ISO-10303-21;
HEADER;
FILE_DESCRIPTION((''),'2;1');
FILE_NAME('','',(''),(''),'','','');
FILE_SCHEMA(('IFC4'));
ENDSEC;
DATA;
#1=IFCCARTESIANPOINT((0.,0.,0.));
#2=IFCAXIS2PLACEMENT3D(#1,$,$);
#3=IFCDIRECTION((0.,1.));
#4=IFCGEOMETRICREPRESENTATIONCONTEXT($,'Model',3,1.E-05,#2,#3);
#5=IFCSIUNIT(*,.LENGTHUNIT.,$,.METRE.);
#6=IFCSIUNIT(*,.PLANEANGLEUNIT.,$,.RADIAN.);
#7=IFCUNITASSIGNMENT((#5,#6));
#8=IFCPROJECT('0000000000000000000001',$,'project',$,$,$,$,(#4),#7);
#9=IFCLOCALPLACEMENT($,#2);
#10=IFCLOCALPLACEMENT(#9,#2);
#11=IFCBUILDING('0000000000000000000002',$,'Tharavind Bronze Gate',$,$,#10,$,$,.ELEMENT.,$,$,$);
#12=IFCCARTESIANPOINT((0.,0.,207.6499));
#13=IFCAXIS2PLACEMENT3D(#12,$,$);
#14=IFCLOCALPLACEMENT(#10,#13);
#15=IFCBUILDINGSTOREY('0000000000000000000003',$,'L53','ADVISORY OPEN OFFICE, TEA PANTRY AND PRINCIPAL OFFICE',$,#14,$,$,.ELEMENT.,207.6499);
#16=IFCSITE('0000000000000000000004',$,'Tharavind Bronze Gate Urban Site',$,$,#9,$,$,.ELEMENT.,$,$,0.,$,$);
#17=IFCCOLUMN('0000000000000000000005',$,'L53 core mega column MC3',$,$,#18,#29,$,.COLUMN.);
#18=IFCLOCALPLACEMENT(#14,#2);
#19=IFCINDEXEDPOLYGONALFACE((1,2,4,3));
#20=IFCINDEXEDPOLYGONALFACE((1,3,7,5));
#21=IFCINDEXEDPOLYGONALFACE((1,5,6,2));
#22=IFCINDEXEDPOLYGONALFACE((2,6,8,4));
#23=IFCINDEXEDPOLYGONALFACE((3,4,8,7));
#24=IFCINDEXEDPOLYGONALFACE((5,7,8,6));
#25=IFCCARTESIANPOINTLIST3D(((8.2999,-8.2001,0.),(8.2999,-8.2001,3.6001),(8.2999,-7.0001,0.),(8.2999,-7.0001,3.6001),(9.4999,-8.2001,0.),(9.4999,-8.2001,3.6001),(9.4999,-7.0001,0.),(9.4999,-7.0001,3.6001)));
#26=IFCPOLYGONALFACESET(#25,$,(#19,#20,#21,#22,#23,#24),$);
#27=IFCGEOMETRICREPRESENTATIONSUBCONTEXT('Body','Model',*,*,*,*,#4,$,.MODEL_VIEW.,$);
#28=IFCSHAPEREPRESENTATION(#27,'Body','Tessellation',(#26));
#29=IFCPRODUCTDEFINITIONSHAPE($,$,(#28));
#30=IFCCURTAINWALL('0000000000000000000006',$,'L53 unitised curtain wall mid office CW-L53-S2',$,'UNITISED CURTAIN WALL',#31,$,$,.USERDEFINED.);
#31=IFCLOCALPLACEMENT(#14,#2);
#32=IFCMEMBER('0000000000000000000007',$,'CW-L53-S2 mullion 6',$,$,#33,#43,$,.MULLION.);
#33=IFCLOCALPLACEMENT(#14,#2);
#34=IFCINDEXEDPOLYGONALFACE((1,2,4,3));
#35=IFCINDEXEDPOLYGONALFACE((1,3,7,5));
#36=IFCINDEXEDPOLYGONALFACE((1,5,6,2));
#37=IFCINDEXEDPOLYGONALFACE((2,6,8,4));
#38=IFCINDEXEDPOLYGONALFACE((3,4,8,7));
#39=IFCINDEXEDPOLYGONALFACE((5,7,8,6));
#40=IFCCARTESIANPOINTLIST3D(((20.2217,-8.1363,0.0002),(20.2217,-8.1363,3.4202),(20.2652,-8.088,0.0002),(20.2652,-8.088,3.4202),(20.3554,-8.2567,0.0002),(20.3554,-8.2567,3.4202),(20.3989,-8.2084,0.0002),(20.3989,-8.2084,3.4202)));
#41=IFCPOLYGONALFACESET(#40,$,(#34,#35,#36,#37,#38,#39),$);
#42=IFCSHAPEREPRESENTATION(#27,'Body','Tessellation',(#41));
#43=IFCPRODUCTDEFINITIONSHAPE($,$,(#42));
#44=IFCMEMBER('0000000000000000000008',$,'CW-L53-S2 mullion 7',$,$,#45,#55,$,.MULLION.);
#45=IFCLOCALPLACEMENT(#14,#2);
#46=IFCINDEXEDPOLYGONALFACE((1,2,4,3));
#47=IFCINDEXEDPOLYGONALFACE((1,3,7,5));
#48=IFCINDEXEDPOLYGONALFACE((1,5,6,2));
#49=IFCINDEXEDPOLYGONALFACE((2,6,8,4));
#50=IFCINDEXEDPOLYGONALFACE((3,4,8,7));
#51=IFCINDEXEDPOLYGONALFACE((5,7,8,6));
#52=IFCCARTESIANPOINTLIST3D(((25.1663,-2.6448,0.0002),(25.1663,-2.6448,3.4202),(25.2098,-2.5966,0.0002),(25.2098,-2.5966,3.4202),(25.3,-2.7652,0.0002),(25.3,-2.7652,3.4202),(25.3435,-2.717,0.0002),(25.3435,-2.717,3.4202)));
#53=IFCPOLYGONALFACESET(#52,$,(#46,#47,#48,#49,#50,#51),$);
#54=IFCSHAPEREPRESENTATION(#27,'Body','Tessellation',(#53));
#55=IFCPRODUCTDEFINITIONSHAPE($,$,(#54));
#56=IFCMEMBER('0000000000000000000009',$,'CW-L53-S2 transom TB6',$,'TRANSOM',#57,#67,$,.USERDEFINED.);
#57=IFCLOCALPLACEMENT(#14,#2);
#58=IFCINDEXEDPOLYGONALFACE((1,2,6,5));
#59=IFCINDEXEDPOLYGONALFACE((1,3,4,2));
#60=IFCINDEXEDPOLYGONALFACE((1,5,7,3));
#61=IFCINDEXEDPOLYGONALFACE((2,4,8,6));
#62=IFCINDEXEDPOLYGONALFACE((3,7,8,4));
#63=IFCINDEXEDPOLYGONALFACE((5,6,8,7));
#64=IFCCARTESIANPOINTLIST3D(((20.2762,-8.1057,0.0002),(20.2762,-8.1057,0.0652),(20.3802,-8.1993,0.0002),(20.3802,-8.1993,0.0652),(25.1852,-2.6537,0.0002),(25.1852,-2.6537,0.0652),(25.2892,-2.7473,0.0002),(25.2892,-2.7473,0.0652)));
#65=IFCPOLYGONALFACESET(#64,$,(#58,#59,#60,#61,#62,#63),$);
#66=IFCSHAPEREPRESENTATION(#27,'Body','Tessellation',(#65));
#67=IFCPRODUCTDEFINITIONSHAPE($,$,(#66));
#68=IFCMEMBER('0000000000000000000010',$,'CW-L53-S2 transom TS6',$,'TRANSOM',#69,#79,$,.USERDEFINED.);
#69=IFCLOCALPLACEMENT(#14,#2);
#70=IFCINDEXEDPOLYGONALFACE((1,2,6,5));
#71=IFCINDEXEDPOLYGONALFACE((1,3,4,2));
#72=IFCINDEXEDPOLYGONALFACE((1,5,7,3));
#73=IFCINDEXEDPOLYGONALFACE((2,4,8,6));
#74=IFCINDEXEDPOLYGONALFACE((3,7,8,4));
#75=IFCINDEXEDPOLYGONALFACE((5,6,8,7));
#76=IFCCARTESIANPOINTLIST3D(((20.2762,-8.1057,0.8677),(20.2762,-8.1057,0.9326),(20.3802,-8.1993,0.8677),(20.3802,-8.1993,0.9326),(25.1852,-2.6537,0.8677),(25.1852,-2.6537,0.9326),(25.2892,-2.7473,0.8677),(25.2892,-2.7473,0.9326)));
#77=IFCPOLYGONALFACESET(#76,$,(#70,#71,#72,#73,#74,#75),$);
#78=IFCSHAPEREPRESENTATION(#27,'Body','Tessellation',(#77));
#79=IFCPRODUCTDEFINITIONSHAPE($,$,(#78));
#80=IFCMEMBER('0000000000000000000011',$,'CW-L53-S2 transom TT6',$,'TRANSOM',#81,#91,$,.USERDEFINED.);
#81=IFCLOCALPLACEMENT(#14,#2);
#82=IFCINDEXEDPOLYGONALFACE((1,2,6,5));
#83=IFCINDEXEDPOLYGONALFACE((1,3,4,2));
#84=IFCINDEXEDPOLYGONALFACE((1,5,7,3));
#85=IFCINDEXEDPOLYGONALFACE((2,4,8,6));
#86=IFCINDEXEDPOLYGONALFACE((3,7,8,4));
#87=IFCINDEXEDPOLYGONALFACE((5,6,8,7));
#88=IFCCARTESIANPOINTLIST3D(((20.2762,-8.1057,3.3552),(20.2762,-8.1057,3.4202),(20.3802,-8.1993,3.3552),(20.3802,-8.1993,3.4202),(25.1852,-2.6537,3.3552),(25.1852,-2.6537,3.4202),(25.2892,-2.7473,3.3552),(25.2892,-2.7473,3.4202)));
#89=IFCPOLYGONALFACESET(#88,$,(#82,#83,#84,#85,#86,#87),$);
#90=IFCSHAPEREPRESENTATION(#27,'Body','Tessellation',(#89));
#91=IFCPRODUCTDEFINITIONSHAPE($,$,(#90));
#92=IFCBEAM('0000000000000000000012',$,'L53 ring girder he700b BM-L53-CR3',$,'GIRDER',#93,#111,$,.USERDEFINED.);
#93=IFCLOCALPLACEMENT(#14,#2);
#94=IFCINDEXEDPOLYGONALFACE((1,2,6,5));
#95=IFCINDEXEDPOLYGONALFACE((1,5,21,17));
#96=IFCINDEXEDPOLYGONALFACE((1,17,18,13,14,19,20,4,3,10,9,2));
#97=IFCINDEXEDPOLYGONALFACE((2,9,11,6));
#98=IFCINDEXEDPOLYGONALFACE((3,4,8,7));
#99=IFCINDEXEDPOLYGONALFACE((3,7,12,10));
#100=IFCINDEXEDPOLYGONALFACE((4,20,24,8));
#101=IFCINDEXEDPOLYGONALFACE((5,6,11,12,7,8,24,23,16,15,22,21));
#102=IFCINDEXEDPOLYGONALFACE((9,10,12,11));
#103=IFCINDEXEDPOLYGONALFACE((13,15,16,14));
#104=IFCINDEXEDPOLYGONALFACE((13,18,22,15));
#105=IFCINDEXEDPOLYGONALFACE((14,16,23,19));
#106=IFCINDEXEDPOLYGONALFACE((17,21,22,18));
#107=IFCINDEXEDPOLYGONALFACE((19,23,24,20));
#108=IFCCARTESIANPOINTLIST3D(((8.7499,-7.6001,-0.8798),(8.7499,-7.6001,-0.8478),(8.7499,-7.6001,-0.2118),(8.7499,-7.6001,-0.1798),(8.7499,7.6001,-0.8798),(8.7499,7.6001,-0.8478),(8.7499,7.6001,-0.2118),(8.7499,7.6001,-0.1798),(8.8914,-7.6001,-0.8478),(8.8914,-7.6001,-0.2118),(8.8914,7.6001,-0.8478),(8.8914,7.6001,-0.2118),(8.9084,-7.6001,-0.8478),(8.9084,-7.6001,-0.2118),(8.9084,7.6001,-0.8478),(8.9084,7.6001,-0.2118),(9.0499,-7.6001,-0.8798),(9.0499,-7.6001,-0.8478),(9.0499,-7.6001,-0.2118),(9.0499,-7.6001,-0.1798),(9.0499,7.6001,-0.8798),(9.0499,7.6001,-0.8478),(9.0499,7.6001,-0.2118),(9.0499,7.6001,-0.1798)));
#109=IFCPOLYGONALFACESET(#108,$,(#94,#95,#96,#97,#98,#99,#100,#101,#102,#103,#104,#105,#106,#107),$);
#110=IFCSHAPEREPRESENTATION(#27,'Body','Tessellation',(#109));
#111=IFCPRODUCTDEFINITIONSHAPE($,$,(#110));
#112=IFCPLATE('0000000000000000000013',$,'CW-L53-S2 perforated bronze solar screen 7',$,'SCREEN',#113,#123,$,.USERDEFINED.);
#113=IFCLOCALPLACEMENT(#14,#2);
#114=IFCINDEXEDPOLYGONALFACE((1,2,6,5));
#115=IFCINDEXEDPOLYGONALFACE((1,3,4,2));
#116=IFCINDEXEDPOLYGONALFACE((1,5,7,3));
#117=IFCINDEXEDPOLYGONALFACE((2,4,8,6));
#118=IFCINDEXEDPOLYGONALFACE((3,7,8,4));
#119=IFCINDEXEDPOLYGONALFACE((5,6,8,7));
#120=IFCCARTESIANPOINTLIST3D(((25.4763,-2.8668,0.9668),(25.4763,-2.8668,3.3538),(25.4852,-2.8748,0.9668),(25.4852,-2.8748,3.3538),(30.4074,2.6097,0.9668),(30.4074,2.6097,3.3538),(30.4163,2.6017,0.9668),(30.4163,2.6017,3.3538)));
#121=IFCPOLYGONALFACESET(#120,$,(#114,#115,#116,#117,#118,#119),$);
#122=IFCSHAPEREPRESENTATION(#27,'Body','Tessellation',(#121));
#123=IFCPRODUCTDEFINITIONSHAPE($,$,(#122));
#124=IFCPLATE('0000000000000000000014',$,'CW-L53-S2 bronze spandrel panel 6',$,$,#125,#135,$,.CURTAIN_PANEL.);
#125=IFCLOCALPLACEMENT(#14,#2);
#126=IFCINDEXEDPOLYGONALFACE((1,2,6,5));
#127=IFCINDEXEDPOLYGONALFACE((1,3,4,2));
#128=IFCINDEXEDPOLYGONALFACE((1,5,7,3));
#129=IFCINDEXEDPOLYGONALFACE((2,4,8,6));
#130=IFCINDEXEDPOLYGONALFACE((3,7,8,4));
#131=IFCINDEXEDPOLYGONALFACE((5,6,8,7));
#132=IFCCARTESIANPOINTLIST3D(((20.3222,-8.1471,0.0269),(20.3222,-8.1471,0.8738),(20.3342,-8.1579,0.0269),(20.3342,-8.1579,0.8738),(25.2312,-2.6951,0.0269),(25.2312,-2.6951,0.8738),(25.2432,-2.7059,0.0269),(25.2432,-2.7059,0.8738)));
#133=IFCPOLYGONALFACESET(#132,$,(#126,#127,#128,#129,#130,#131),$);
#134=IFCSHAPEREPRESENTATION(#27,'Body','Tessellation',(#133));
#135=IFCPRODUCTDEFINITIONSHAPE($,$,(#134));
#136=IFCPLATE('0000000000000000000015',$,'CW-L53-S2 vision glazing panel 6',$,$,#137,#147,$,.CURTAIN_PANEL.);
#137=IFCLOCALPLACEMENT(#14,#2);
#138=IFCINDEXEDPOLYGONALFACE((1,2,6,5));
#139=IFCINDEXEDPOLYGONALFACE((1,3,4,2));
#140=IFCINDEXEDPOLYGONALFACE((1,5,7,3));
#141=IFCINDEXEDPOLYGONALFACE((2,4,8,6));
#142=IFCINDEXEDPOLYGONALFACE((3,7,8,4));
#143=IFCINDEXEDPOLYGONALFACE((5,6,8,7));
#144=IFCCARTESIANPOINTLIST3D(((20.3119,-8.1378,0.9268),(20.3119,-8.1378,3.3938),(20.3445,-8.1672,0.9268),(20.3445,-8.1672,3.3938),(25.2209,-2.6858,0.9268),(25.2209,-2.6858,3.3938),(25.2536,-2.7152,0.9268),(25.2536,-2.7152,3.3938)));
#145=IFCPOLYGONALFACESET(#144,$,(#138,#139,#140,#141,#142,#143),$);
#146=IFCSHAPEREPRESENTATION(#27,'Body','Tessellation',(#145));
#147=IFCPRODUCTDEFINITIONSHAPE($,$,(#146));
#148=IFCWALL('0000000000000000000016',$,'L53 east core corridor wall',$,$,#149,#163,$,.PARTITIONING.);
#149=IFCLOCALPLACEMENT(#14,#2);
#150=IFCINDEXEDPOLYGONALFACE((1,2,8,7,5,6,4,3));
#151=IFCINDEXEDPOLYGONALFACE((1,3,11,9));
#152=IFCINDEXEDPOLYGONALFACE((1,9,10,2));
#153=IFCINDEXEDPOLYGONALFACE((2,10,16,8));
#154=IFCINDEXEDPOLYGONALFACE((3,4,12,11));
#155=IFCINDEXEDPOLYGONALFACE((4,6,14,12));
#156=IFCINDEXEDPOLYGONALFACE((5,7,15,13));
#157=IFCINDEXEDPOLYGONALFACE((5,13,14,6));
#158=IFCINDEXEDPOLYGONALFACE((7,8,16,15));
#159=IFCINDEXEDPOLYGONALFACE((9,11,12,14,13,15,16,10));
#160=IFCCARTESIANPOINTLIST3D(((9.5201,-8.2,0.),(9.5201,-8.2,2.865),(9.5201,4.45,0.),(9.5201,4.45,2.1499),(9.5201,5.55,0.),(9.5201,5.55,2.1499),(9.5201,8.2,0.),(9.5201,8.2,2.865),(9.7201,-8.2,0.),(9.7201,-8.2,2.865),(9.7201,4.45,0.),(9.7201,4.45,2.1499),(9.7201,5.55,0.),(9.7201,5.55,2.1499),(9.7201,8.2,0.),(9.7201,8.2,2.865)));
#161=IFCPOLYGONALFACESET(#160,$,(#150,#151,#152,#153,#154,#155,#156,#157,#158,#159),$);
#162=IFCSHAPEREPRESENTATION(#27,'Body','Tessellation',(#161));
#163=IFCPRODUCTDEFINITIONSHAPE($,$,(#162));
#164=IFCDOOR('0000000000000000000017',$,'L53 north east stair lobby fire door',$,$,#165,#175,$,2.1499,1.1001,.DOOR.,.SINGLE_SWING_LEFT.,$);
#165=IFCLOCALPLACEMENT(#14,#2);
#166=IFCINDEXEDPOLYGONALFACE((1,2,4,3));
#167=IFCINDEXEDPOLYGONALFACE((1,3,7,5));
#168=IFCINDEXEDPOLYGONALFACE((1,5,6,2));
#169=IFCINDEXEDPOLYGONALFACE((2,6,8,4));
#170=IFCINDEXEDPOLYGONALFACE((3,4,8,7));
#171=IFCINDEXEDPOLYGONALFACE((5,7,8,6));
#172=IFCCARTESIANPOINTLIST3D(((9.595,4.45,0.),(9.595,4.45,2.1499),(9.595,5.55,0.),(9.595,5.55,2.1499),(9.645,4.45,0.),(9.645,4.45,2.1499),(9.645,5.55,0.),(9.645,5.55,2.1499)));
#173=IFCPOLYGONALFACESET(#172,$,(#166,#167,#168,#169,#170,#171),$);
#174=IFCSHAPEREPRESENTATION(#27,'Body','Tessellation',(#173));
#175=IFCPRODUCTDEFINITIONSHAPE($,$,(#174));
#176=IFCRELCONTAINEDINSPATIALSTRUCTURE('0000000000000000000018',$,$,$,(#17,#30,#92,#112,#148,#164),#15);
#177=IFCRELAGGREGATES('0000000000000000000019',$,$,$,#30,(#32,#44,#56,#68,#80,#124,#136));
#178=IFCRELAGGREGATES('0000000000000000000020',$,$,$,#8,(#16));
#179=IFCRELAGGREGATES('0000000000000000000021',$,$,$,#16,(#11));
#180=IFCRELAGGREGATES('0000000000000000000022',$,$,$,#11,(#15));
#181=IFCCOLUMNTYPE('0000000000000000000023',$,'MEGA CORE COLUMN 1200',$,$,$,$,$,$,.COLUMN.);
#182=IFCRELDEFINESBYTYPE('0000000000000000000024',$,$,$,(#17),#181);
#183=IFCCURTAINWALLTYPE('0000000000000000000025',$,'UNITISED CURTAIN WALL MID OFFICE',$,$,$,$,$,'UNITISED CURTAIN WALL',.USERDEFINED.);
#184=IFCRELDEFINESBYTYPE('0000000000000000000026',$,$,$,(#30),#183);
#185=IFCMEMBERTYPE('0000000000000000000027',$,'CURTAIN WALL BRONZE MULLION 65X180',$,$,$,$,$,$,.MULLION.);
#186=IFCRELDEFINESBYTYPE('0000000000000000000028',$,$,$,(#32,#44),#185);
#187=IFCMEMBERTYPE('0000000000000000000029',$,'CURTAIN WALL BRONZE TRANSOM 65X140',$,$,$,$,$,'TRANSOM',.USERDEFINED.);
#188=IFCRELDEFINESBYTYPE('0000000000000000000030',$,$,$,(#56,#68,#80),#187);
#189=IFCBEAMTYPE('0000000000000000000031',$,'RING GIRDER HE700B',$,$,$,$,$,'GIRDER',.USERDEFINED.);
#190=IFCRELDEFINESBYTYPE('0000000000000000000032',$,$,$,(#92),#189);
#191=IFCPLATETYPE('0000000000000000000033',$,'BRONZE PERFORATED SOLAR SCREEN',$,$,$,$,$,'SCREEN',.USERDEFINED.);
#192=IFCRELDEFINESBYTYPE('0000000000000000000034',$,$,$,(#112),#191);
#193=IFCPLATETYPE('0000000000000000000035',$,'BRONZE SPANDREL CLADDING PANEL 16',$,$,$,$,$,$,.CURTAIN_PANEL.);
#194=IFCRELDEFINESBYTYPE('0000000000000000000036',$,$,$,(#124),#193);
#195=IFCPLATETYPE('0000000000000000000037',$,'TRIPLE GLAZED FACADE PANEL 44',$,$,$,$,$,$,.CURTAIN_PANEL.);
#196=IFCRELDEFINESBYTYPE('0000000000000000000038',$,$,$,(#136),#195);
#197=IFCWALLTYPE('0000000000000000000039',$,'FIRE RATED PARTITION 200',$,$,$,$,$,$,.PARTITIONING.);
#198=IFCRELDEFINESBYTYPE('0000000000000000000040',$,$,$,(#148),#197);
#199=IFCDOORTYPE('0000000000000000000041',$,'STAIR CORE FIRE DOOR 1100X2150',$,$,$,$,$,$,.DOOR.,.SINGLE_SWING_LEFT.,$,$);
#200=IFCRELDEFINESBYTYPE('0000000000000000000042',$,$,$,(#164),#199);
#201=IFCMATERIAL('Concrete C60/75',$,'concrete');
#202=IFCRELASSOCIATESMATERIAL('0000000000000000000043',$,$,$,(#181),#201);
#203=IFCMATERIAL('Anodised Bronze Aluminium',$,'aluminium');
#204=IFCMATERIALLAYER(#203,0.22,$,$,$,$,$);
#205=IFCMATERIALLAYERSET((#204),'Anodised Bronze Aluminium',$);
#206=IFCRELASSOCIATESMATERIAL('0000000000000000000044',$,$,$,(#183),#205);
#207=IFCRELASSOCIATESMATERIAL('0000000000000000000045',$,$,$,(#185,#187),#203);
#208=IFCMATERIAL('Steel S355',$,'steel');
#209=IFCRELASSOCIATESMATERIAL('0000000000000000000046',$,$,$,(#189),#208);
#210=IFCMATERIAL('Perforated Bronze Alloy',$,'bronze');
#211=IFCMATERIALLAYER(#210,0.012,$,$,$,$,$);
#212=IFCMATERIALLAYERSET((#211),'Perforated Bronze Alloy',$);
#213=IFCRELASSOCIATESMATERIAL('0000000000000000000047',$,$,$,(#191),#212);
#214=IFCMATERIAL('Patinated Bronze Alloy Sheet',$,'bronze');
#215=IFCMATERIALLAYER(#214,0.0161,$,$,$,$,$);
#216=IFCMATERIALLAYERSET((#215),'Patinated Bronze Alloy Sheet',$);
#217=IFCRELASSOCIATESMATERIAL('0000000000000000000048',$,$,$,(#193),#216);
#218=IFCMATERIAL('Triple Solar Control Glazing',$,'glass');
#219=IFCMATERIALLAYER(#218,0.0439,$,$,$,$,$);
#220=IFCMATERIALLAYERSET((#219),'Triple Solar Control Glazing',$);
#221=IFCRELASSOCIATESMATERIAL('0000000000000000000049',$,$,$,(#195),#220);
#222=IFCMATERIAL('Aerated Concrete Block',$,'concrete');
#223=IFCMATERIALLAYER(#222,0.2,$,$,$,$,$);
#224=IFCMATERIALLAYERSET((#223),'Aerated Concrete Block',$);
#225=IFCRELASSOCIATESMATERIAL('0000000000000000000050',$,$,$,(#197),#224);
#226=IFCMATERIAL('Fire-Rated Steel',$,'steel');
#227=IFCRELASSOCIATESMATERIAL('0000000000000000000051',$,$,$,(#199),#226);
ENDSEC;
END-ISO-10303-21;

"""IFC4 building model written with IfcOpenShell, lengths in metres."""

from ifc_helpers import new_model, si_unit, direction, frame, frame_2d, origin, origin_2d, place, context, subcontext, project, spatial, rectangle, i_section, extrude, material, layer, layer_set, material_profile, profile_set, type_object, element, fill, aggregate, save


model = new_model("IFC4")

# Units and contexts
model_context = context("Model", 3, precision=1e-05, world=origin(), true_north=direction((0.0, 1.0)))
body_context = subcontext(model_context, "Body", "Model", "MODEL_VIEW")
ifc_project = project(units=[si_unit("LENGTHUNIT", "METRE"), si_unit("PLANEANGLEUNIT", "RADIAN")], contexts=[model_context])

# Site, building, storey
site_placement = place(None, origin())
site = spatial("IfcSite", under=ifc_project, at=site_placement, Name="Tharavind Bronze Gate Urban Site", CompositionType="ELEMENT", RefElevation=0.0)
building_placement = place(site_placement, origin())
building = spatial("IfcBuilding", under=site, at=building_placement, Name="Tharavind Bronze Gate", CompositionType="ELEMENT")
storey_placement = place(building_placement, frame((0.0, 0.0, 207.6499)))
storey = spatial("IfcBuildingStorey", under=building, at=storey_placement, Name="L53", Description="ADVISORY OPEN OFFICE, TEA PANTRY AND PRINCIPAL OFFICE", CompositionType="ELEMENT", Elevation=207.6499)

# Column
ifc_material_1 = material(Name="Concrete C60/75", Category="concrete")
ifc_material_profile_1 = material_profile(ifc_material_1, rectangle(XDim=1.2, YDim=1.2, at=origin_2d()), Name="RCCOL1200")
ifc_profile_set_1 = profile_set([ifc_material_profile_1], Name="Concrete C60/75")
column_type = type_object("IfcColumnType", Name="MEGA CORE COLUMN 1200", PredefinedType="COLUMN", material=ifc_profile_set_1)
column_placement = place(storey_placement, frame((8.8999, -7.6001, 0.0), z_axis=(0.0, 0.0, 1.0), x_axis=(1.0, 0.0, 0.0)))
element("IfcColumn", 1, at=column_placement, inside=storey, type_object=column_type, Name="L53 core mega column MC3", PredefinedType="COLUMN", context=body_context, shape_type="SweptSolid", body=[
    extrude(rectangle(XDim=1.2, YDim=1.2, at=origin_2d()), origin(), (0.0, 0.0, 1.0), 3.6001),
])

# Curtain wall, members
ifc_material_2 = material(Name="Anodised Bronze Aluminium", Category="aluminium")
ifc_layer_1 = layer(ifc_material_2, 0.22)
ifc_layer_set_1 = layer_set([ifc_layer_1], Name="Anodised Bronze Aluminium")
curtain_wall_type = type_object("IfcCurtainWallType", Name="UNITISED CURTAIN WALL MID OFFICE", ElementType="UNITISED CURTAIN WALL", PredefinedType="USERDEFINED", material=ifc_layer_set_1)
curtain_wall_placement = place(storey_placement, origin())
curtain_wall = element("IfcCurtainWall", 2, at=curtain_wall_placement, inside=storey, type_object=curtain_wall_type, Name="L53 unitised curtain wall mid office CW-L53-S2", ObjectType="UNITISED CURTAIN WALL", PredefinedType="USERDEFINED")
member_type_1 = type_object("IfcMemberType", Name="CURTAIN WALL BRONZE MULLION 65X180", PredefinedType="MULLION", material=ifc_material_2)
member_1_placement = place(storey_placement, frame((20.3103, -8.1724, 0.0002), z_axis=(0.0, 0.0, 1.0), x_axis=(0.669131, 0.743145, 0.0)))
member_1 = element("IfcMember", 3, at=member_1_placement, type_object=member_type_1, Name="CW-L53-S2 mullion 6", PredefinedType="MULLION", context=body_context, shape_type="SweptSolid", body=[
    extrude(rectangle(XDim=0.0649, YDim=0.1799, at=origin_2d()), origin(), (0.0, 0.0, 1.0), 3.4199),
])
member_2_placement = place(storey_placement, frame((25.2549, -2.6809, 0.0002), z_axis=(0.0, 0.0, 1.0), x_axis=(0.669131, 0.743145, 0.0)))
member_2 = element("IfcMember", 4, at=member_2_placement, type_object=member_type_1, Name="CW-L53-S2 mullion 7", PredefinedType="MULLION", context=body_context, shape_type="SweptSolid", body=[
    extrude(rectangle(XDim=0.0649, YDim=0.1799, at=origin_2d()), origin(), (0.0, 0.0, 1.0), 3.4199),
])
member_type_2 = type_object("IfcMemberType", Name="CURTAIN WALL BRONZE TRANSOM 65X140", ElementType="TRANSOM", PredefinedType="USERDEFINED", material=ifc_material_2)
member_3_placement = place(storey_placement, frame((22.7827, -5.4265, 0.0002), z_axis=(0.0, 0.0, 1.0), x_axis=(0.669131, 0.743145, 0.0)))
member_3 = element("IfcMember", 5, at=member_3_placement, type_object=member_type_2, Name="CW-L53-S2 transom TB6", ObjectType="TRANSOM", PredefinedType="USERDEFINED", context=body_context, shape_type="SweptSolid", body=[
    extrude(rectangle(XDim=7.3364, YDim=0.1399, at=origin_2d()), origin(), (0.0, 0.0, 1.0), 0.0649),
])
member_4_placement = place(storey_placement, frame((22.7827, -5.4265, 0.8677), z_axis=(0.0, 0.0, 1.0), x_axis=(0.669131, 0.743145, 0.0)))
member_4 = element("IfcMember", 6, at=member_4_placement, type_object=member_type_2, Name="CW-L53-S2 transom TS6", ObjectType="TRANSOM", PredefinedType="USERDEFINED", context=body_context, shape_type="SweptSolid", body=[
    extrude(rectangle(XDim=7.3364, YDim=0.1399, at=origin_2d()), origin(), (0.0, 0.0, 1.0), 0.0649),
])
member_5_placement = place(storey_placement, frame((22.7827, -5.4265, 3.3552), z_axis=(0.0, 0.0, 1.0), x_axis=(0.669131, 0.743145, 0.0)))
member_5 = element("IfcMember", 7, at=member_5_placement, type_object=member_type_2, Name="CW-L53-S2 transom TT6", ObjectType="TRANSOM", PredefinedType="USERDEFINED", context=body_context, shape_type="SweptSolid", body=[
    extrude(rectangle(XDim=7.3364, YDim=0.1399, at=origin_2d()), origin(), (0.0, 0.0, 1.0), 0.0649),
])

# Beam
ifc_material_3 = material(Name="Steel S355", Category="steel")
ifc_material_profile_2 = material_profile(ifc_material_3, i_section(OverallWidth=0.3, OverallDepth=0.7, WebThickness=0.0171, FlangeThickness=0.032, at=origin_2d()), Name="HE700B")
ifc_profile_set_2 = profile_set([ifc_material_profile_2], Name="Steel S355")
beam_type = type_object("IfcBeamType", Name="RING GIRDER HE700B", ElementType="GIRDER", PredefinedType="USERDEFINED", material=ifc_profile_set_2)
beam_placement = place(storey_placement, frame((8.8999, -7.6001, -0.5298), z_axis=(0.0, 1.0, 0.0), x_axis=(-1.0, 0.0, 0.0)))
element("IfcBeam", 8, at=beam_placement, inside=storey, type_object=beam_type, Name="L53 ring girder he700b BM-L53-CR3", ObjectType="GIRDER", PredefinedType="USERDEFINED", context=body_context, shape_type="SweptSolid", body=[
    extrude(i_section(OverallWidth=0.3, OverallDepth=0.7, WebThickness=0.0171, FlangeThickness=0.032, at=origin_2d()), origin(), (0.0, 0.0, 1.0), 15.2002),
])

# Plates
ifc_material_4 = material(Name="Perforated Bronze Alloy", Category="bronze")
ifc_layer_2 = layer(ifc_material_4, 0.012)
ifc_layer_set_2 = layer_set([ifc_layer_2], Name="Perforated Bronze Alloy")
plate_type_1 = type_object("IfcPlateType", Name="BRONZE PERFORATED SOLAR SCREEN", ElementType="SCREEN", PredefinedType="USERDEFINED", material=ifc_layer_set_2)
plate_1_placement = place(storey_placement, frame((27.9463, -0.1326, 0.9668), z_axis=(0.0, 0.0, 1.0), x_axis=(0.669131, 0.743145, 0.0)))
element("IfcPlate", 9, at=plate_1_placement, inside=storey, type_object=plate_type_1, Name="CW-L53-S2 perforated bronze solar screen 7", ObjectType="SCREEN", PredefinedType="USERDEFINED", context=body_context, shape_type="SweptSolid", body=[
    extrude(rectangle(XDim=7.3694, YDim=0.012, at=origin_2d()), origin(), (0.0, 0.0, 1.0), 2.387),
])
ifc_material_5 = material(Name="Patinated Bronze Alloy Sheet", Category="bronze")
ifc_layer_3 = layer(ifc_material_5, 0.0161)
ifc_layer_set_3 = layer_set([ifc_layer_3], Name="Patinated Bronze Alloy Sheet")
plate_type_2 = type_object("IfcPlateType", Name="BRONZE SPANDREL CLADDING PANEL 16", PredefinedType="CURTAIN_PANEL", material=ifc_layer_set_3)
plate_2_placement = place(storey_placement, frame((22.7827, -5.4265, 0.0269), z_axis=(0.0, 0.0, 1.0), x_axis=(0.669131, 0.743145, 0.0)))
plate_2 = element("IfcPlate", 10, at=plate_2_placement, type_object=plate_type_2, Name="CW-L53-S2 bronze spandrel panel 6", PredefinedType="CURTAIN_PANEL", context=body_context, shape_type="SweptSolid", body=[
    extrude(rectangle(XDim=7.3364, YDim=0.0161, at=origin_2d()), origin(), (0.0, 0.0, 1.0), 0.8469),
])
ifc_material_6 = material(Name="Triple Solar Control Glazing", Category="glass")
ifc_layer_4 = layer(ifc_material_6, 0.0439)
ifc_layer_set_4 = layer_set([ifc_layer_4], Name="Triple Solar Control Glazing")
plate_type_3 = type_object("IfcPlateType", Name="TRIPLE GLAZED FACADE PANEL 44", PredefinedType="CURTAIN_PANEL", material=ifc_layer_set_4)
plate_3_placement = place(storey_placement, frame((22.7827, -5.4265, 0.9268), z_axis=(0.0, 0.0, 1.0), x_axis=(0.669131, 0.743145, 0.0)))
plate_3 = element("IfcPlate", 11, at=plate_3_placement, type_object=plate_type_3, Name="CW-L53-S2 vision glazing panel 6", PredefinedType="CURTAIN_PANEL", context=body_context, shape_type="SweptSolid", body=[
    extrude(rectangle(XDim=7.3364, YDim=0.0439, at=origin_2d()), origin(), (0.0, 0.0, 1.0), 2.467),
])
aggregate(curtain_wall, [member_1, member_2, member_3, member_4, member_5, plate_2, plate_3])

# Wall, opening, door
ifc_material_7 = material(Name="Aerated Concrete Block", Category="concrete")
ifc_layer_5 = layer(ifc_material_7, 0.2)
ifc_layer_set_5 = layer_set([ifc_layer_5], Name="Aerated Concrete Block")
wall_type_1 = type_object("IfcWallType", Name="FIRE RATED PARTITION 200", PredefinedType="PARTITIONING", material=ifc_layer_set_5)
wall_1_placement = place(storey_placement, frame((9.6201, -8.2, 0.0), z_axis=(0.0, 0.0, 1.0), x_axis=(0.0, 1.0, 0.0)))
wall_1 = element("IfcWall", 12, at=wall_1_placement, inside=storey, type_object=wall_type_1, Name="L53 east core corridor wall", PredefinedType="PARTITIONING", context=body_context, shape_type="SweptSolid", body=[
    extrude(rectangle(XDim=16.3999, YDim=0.2, at=frame_2d((8.2, 0.0))), origin(), (0.0, 0.0, 1.0), 2.865),
])
opening_1_placement = place(wall_1_placement, frame((12.6499, 0.0, 0.0)))
opening_1 = element("IfcOpeningElement", 13, at=opening_1_placement, cuts=wall_1, PredefinedType="OPENING", context=body_context, shape_type="SweptSolid", body=[
    extrude(rectangle(XDim=1.1001, YDim=2.1499, at=frame_2d((0.55, 1.075))), frame((0.0, 0.1101, 0.0), z_axis=(0.0, -1.0, 0.0), x_axis=(1.0, 0.0, 0.0)), (0.0, 0.0, 1.0), 0.22),
])
ifc_material_8 = material(Name="Fire-Rated Steel", Category="steel")
door_type_1 = type_object("IfcDoorType", Name="STAIR CORE FIRE DOOR 1100X2150", OperationType="SINGLE_SWING_LEFT", PredefinedType="DOOR", material=ifc_material_8)
door_1_placement = place(opening_1_placement, frame((1.1001, 0.0, 0.0), z_axis=(0.0, 0.0, 1.0), x_axis=(-1.0, 0.0, 0.0)))
door_1 = element("IfcDoor", 14, at=door_1_placement, inside=storey, type_object=door_type_1, Name="L53 north east stair lobby fire door", OperationType="SINGLE_SWING_LEFT", OverallHeight=2.1499, OverallWidth=1.1001, PredefinedType="DOOR", context=body_context, shape_type="SweptSolid", body=[
    extrude(rectangle(XDim=1.1001, YDim=2.1499, at=frame_2d((0.55, 1.075))), frame((0.0, 0.0249, 0.0), z_axis=(0.0, -1.0, 0.0), x_axis=(1.0, 0.0, 0.0)), (0.0, 0.0, 1.0), 0.05),
])
fill(opening_1, door_1)

save(model, "model.ifc")
